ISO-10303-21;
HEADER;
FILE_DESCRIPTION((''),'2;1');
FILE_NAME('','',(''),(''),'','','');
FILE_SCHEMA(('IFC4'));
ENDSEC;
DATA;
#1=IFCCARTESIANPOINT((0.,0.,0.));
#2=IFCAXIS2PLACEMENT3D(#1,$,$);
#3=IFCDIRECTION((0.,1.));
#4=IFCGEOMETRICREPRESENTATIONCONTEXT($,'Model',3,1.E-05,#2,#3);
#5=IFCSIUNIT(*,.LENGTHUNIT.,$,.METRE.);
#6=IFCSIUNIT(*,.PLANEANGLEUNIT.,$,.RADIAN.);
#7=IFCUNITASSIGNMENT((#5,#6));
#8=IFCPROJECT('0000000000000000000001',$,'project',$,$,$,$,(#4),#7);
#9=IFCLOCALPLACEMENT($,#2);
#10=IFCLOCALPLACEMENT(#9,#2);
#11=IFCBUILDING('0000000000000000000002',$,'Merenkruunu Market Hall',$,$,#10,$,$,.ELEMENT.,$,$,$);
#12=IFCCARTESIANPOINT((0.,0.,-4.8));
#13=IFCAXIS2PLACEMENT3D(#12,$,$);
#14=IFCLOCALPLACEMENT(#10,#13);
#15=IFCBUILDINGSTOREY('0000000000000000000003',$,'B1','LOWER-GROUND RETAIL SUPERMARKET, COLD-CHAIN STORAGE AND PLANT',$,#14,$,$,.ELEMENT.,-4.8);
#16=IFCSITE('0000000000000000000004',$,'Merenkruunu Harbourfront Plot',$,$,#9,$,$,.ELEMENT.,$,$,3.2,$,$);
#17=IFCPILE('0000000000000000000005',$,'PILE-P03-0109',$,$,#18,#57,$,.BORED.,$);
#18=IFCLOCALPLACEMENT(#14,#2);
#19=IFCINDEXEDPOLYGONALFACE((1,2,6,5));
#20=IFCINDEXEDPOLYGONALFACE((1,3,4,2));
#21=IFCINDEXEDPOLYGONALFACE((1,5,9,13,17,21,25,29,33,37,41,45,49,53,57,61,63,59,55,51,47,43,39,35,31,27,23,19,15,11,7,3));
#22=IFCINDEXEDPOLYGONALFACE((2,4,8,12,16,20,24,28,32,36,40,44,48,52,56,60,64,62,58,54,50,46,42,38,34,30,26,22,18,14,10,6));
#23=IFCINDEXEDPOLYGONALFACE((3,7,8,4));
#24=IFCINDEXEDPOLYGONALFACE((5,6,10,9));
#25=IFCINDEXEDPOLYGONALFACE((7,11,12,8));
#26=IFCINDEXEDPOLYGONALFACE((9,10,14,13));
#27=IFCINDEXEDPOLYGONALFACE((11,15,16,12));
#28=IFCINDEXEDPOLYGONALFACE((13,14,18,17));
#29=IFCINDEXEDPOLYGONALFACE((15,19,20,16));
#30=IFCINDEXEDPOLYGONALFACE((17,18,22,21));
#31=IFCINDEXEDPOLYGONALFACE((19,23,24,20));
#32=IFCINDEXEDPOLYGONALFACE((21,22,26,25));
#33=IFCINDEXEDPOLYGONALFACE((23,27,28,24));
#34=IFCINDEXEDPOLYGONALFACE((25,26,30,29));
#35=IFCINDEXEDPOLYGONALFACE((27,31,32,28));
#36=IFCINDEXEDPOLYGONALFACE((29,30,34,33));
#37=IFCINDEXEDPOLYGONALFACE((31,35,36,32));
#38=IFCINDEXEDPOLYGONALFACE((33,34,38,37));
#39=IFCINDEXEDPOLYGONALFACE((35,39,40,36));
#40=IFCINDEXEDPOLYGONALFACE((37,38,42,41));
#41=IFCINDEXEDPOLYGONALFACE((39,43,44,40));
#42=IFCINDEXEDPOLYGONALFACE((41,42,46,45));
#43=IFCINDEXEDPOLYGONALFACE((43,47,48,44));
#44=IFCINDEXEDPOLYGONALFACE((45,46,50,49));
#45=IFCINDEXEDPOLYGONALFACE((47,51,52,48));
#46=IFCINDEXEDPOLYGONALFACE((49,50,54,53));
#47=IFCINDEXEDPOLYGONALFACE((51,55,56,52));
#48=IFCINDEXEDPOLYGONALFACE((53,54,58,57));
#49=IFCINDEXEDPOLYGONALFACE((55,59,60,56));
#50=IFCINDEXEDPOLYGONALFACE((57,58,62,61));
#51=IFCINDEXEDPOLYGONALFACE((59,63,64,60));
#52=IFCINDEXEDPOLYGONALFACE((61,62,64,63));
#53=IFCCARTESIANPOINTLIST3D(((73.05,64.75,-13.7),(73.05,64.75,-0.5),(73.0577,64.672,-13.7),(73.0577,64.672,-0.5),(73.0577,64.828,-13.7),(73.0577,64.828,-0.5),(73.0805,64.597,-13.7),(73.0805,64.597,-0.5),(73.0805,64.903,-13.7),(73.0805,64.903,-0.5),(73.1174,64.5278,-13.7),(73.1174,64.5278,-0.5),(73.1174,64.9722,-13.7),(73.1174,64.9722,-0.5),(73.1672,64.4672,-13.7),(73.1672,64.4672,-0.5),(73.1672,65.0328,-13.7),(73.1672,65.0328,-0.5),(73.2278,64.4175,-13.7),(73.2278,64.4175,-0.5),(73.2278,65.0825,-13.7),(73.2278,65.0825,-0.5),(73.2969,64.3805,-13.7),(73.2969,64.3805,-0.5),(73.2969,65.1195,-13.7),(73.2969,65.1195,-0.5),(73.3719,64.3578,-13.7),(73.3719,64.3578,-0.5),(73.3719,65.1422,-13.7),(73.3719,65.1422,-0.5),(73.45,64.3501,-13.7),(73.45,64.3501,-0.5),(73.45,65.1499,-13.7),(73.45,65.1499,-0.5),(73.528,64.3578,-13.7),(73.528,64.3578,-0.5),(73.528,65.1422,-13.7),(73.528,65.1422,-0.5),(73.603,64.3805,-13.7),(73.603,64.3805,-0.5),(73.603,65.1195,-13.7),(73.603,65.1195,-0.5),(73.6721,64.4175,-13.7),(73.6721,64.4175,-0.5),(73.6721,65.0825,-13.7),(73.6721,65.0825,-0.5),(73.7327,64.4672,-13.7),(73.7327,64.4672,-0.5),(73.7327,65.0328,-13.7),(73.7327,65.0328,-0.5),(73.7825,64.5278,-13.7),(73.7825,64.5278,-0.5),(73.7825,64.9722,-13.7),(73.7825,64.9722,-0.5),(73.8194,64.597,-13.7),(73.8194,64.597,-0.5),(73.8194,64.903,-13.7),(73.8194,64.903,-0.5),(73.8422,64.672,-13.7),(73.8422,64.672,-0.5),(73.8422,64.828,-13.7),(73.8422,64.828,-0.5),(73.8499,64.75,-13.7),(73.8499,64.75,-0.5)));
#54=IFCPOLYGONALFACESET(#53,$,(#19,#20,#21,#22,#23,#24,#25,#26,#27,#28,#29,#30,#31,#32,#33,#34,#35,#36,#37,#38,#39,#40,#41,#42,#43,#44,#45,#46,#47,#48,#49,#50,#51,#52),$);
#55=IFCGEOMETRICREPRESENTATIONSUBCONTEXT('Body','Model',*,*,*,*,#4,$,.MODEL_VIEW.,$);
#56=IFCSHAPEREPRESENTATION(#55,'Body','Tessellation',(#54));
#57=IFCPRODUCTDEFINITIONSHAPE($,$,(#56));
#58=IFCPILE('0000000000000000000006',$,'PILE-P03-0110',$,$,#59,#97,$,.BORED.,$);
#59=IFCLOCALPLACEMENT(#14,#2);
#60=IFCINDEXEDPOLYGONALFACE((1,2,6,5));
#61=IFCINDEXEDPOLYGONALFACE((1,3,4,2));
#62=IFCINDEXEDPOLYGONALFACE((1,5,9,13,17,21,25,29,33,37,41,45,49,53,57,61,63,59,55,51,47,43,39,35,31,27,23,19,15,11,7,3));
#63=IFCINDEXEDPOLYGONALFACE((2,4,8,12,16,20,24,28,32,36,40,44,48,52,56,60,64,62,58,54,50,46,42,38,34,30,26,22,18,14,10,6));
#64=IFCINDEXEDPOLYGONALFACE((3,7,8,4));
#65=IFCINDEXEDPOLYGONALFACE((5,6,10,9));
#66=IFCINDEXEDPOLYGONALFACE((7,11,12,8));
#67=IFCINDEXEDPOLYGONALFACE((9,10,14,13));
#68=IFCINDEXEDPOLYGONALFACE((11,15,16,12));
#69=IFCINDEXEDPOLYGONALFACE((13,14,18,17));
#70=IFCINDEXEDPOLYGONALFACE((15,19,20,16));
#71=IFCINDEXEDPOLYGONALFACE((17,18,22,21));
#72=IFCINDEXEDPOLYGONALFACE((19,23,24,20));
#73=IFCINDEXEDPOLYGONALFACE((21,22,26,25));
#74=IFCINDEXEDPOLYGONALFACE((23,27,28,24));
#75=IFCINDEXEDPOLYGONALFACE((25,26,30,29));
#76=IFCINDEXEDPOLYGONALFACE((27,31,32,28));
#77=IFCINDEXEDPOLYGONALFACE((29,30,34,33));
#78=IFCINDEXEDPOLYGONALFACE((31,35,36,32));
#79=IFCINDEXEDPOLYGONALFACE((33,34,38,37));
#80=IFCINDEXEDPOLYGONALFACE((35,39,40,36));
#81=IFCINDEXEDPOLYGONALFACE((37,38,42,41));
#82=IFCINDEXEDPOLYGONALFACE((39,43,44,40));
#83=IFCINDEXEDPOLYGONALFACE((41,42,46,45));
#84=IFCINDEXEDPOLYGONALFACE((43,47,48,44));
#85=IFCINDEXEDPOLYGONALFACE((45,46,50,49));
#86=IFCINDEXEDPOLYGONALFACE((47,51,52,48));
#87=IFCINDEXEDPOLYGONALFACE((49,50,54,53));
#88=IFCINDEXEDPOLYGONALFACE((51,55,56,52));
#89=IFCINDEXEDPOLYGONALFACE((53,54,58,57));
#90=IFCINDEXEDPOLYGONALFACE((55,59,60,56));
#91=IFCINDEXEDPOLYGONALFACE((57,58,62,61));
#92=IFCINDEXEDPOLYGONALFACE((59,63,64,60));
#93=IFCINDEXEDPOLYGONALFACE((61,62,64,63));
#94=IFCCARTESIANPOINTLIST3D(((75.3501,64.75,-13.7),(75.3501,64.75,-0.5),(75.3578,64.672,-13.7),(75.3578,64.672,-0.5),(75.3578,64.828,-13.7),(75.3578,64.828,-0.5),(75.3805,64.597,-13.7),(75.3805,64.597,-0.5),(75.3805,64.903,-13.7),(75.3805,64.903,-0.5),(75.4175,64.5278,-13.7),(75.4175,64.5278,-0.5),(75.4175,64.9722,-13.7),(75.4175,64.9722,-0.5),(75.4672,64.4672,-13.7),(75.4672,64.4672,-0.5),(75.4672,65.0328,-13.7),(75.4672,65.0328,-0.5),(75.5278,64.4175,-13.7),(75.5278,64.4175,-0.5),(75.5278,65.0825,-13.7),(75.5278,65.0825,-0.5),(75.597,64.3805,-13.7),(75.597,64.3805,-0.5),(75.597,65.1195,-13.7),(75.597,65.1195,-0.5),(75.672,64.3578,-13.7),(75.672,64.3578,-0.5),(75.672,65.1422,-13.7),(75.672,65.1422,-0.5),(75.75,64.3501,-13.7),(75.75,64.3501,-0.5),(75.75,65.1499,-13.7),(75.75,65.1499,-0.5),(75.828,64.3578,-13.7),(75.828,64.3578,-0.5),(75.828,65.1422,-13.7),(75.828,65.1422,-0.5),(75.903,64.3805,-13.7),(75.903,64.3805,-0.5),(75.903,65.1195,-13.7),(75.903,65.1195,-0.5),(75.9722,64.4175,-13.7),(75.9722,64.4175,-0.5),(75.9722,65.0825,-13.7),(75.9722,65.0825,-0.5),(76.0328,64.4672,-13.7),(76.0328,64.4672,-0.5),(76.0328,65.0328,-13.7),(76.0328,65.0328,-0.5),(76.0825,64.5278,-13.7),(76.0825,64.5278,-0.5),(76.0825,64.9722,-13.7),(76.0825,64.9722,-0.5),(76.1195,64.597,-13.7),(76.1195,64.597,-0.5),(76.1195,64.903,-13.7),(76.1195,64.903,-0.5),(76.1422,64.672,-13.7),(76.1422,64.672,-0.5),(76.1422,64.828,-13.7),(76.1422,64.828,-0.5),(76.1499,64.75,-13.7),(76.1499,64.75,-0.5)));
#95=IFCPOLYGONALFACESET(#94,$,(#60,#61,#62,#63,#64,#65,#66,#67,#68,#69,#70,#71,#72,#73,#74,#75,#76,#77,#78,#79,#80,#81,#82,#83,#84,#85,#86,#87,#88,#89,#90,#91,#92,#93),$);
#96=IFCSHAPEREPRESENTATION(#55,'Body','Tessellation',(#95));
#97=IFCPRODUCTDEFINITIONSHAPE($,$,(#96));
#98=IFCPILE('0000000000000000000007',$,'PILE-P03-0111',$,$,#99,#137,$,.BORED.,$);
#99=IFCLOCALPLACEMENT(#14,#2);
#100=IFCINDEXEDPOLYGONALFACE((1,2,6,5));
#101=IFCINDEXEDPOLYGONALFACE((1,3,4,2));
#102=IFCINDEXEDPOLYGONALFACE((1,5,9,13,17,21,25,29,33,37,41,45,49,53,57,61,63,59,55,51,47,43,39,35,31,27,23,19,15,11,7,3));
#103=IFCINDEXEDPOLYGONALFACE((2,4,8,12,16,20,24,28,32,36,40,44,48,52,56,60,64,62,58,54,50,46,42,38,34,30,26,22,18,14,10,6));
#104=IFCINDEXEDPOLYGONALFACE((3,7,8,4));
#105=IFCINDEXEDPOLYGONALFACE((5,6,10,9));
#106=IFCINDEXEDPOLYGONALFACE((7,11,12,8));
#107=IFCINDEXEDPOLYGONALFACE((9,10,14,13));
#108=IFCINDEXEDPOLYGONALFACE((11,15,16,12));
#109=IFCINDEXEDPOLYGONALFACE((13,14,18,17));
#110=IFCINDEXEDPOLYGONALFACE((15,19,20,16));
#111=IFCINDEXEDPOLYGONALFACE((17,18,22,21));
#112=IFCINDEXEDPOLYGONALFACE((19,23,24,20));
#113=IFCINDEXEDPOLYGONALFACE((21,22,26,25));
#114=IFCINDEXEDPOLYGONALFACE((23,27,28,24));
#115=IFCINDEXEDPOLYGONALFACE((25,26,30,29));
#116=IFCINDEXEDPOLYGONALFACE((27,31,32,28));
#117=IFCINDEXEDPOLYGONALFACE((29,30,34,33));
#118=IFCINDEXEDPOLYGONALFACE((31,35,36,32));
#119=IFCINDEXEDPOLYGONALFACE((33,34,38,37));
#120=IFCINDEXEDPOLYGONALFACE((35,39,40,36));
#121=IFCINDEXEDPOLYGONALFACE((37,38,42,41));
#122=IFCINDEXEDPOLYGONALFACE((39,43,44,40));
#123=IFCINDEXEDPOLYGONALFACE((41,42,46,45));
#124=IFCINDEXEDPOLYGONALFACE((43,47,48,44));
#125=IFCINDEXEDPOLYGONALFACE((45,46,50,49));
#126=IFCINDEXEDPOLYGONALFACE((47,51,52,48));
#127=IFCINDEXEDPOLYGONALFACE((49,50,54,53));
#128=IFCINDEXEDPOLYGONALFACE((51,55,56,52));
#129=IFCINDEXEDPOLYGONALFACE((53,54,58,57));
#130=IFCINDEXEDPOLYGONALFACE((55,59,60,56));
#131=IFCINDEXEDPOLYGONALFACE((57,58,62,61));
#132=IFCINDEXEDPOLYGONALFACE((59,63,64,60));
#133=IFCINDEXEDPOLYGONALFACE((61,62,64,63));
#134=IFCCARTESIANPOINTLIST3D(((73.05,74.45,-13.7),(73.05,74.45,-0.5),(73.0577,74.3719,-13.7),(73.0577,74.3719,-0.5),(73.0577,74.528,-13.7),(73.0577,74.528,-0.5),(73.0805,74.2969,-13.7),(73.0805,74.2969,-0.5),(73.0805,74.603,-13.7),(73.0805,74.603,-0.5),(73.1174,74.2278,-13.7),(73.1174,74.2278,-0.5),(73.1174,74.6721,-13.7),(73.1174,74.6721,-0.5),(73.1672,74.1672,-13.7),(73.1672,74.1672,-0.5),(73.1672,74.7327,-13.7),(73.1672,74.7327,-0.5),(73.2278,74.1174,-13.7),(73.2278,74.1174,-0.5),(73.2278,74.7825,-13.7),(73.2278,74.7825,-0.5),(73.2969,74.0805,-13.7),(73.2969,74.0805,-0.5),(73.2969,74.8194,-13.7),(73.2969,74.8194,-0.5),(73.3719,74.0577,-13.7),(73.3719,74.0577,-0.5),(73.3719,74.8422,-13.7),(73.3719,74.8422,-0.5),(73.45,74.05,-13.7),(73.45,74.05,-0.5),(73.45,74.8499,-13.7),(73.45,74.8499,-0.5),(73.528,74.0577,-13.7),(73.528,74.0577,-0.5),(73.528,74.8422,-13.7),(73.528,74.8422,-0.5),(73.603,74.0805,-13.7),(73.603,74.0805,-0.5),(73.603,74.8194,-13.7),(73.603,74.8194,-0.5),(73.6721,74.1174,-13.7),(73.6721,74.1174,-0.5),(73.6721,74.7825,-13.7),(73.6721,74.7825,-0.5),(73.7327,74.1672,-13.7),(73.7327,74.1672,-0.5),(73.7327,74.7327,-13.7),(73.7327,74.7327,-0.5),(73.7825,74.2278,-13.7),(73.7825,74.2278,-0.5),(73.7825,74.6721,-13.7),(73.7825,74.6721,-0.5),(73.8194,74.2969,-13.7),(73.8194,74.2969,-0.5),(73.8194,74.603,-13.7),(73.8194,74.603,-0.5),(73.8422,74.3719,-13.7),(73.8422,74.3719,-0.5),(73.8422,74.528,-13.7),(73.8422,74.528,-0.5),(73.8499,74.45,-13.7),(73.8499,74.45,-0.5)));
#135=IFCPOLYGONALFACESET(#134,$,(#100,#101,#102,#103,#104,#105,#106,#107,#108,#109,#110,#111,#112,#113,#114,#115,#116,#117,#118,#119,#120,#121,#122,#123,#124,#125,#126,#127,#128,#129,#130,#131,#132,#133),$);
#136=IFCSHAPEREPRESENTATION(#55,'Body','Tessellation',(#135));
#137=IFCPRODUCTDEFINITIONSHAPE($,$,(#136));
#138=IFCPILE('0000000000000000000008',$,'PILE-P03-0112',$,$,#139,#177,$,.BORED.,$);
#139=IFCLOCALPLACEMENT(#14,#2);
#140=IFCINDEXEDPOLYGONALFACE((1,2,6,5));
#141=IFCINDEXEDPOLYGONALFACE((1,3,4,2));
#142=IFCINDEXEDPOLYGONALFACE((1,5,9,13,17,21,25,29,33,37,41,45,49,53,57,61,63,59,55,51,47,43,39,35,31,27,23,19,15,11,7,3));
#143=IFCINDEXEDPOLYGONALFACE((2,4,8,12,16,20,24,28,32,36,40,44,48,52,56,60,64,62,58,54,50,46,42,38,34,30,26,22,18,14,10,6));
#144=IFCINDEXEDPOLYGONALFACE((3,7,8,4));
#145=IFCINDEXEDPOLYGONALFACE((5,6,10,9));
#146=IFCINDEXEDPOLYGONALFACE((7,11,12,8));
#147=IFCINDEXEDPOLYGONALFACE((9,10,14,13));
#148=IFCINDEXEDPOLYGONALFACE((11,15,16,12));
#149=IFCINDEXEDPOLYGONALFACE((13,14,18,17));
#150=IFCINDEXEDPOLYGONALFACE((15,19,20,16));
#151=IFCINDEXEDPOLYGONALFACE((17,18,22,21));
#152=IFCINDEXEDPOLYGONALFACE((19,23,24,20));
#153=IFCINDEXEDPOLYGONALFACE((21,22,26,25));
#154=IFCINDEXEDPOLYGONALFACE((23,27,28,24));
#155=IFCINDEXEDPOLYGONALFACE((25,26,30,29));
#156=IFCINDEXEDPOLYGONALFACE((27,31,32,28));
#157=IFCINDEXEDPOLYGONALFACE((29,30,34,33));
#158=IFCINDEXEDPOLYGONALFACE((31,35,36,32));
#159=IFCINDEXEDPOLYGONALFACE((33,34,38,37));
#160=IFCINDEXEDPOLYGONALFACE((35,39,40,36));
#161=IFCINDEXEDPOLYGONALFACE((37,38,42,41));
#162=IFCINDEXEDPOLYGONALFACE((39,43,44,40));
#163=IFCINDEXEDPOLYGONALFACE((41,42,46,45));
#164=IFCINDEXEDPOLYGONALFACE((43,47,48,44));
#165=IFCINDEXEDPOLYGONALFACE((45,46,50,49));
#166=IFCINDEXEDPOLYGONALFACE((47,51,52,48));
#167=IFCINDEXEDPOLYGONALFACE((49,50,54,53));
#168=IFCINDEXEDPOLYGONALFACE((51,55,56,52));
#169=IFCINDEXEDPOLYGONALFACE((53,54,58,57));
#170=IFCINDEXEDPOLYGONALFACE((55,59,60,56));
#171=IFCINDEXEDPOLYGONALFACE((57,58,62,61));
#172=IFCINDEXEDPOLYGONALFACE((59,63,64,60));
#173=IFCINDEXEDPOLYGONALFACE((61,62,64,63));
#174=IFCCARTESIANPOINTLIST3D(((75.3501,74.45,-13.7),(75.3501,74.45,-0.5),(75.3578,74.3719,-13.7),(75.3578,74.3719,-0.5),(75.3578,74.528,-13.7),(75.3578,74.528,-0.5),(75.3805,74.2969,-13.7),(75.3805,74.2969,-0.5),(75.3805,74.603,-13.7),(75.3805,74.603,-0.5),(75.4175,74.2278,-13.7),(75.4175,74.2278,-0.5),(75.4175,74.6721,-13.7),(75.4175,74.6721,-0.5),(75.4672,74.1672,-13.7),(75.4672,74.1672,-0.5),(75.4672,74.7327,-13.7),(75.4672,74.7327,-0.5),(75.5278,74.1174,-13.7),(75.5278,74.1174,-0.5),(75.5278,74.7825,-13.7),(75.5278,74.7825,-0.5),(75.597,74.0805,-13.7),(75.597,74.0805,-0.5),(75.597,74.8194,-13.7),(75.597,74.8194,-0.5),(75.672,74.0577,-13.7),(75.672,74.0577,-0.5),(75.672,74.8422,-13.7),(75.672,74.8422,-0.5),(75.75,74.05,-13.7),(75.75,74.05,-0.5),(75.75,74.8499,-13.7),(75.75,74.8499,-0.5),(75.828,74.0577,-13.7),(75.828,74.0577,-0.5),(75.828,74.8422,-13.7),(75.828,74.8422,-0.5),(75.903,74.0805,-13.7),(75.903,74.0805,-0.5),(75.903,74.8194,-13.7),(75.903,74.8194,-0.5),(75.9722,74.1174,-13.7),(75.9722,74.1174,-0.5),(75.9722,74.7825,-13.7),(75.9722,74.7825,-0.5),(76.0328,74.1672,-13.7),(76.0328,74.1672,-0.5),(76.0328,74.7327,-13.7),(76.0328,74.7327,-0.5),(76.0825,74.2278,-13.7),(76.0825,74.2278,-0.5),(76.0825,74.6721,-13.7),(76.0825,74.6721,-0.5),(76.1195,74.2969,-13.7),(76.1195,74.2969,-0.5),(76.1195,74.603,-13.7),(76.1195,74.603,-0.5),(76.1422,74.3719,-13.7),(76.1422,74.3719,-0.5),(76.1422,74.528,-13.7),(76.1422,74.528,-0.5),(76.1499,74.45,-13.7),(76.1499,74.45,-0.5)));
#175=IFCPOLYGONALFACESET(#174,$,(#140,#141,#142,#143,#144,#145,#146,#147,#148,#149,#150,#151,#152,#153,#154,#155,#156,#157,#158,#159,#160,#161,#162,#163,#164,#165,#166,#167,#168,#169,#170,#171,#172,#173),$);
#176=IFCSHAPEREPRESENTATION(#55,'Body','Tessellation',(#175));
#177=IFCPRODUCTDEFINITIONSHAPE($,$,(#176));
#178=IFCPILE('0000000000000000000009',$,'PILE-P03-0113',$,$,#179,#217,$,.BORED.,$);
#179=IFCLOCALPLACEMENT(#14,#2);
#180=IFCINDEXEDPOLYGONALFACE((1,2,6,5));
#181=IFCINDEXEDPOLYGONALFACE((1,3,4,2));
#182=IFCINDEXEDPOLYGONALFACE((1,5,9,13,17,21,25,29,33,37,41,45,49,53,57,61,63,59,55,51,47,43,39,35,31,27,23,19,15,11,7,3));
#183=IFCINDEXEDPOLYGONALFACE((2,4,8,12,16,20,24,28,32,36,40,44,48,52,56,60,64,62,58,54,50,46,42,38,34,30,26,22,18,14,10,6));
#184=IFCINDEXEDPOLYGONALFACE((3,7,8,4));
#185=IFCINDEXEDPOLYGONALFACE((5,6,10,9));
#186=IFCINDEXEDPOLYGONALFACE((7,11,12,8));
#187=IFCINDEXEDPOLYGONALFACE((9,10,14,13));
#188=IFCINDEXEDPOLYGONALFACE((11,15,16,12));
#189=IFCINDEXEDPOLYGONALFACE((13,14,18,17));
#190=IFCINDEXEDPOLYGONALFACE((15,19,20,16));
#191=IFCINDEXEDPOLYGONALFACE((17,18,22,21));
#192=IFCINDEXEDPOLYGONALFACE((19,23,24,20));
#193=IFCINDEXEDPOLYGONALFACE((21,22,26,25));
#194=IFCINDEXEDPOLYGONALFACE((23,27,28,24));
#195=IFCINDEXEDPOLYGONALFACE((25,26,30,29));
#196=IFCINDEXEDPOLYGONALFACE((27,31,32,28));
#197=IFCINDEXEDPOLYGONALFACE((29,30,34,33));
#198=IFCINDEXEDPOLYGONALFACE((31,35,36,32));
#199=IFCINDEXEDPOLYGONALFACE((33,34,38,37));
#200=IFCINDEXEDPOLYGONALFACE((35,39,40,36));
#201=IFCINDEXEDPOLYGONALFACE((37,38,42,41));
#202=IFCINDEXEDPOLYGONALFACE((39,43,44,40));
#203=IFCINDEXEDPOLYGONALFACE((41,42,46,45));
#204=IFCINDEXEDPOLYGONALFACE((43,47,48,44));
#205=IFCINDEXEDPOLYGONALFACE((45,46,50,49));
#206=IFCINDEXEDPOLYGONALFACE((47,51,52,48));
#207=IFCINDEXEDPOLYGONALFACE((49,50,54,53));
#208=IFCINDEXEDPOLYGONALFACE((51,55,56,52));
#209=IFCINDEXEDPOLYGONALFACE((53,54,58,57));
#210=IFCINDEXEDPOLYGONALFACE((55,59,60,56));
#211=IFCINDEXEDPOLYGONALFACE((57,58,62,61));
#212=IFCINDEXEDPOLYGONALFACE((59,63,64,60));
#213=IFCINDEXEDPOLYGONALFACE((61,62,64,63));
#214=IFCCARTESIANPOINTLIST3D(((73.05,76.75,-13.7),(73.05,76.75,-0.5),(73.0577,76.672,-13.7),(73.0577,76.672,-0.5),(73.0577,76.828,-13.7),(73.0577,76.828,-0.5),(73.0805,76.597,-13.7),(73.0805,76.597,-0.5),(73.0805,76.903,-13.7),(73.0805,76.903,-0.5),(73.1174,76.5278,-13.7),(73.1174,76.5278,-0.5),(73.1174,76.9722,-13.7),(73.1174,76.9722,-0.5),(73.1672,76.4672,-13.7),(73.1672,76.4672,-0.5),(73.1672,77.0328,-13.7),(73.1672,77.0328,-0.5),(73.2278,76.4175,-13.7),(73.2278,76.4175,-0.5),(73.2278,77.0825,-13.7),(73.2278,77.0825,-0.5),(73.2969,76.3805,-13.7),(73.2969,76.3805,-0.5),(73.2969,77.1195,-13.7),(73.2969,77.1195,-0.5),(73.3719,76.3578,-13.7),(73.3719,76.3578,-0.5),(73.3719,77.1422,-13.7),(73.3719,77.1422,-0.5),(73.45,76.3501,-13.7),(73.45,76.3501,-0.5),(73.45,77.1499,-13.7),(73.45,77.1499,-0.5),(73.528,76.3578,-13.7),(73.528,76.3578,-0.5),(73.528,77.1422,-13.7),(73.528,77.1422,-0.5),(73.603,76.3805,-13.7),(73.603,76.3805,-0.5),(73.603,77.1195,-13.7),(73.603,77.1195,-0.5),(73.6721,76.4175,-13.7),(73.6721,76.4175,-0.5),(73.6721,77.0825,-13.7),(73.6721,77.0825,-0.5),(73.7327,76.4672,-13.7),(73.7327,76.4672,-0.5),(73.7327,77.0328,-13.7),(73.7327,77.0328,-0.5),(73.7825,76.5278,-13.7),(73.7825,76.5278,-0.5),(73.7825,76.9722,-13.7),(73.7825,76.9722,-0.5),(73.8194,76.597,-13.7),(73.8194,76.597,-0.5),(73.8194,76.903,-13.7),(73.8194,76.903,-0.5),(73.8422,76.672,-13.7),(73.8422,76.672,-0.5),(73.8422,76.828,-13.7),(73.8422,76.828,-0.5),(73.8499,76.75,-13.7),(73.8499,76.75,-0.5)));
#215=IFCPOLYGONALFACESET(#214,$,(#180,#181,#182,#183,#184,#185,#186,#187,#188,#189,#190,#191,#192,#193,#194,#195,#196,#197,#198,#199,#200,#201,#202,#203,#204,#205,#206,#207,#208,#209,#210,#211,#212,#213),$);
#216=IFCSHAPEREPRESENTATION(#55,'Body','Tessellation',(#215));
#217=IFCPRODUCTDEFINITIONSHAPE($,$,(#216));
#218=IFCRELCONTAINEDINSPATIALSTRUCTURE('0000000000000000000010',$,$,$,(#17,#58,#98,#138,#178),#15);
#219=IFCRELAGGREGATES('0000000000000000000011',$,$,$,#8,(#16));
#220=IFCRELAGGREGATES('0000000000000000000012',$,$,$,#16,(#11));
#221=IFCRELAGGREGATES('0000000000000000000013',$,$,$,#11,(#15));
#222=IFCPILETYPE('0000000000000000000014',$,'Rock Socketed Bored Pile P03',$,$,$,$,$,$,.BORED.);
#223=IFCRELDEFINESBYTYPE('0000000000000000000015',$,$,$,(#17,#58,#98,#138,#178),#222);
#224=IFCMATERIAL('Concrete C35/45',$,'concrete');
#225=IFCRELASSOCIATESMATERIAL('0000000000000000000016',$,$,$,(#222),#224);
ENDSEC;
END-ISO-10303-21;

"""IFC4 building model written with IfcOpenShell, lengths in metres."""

from ifc_helpers import new_model, si_unit, direction, frame, origin, origin_2d, place, context, subcontext, project, spatial, circle, extrude, material, material_profile, profile_set, type_object, element, save


model = new_model("IFC4")

# Units and contexts
model_context = context("Model", 3, precision=1e-05, world=origin(), true_north=direction((0.0, 1.0)))
body_context = subcontext(model_context, "Body", "Model", "MODEL_VIEW")
ifc_project = project(units=[si_unit("LENGTHUNIT", "METRE"), si_unit("PLANEANGLEUNIT", "RADIAN")], contexts=[model_context])

# Site, building, storey
site_placement = place(None, origin())
site = spatial("IfcSite", under=ifc_project, at=site_placement, Name="Merenkruunu Harbourfront Plot", CompositionType="ELEMENT", RefElevation=3.2)
building_placement = place(site_placement, origin())
building = spatial("IfcBuilding", under=site, at=building_placement, Name="Merenkruunu Market Hall", CompositionType="ELEMENT")
storey_placement = place(building_placement, frame((0.0, 0.0, -4.8)))
storey = spatial("IfcBuildingStorey", under=building, at=storey_placement, Name="B1", Description="LOWER-GROUND RETAIL SUPERMARKET, COLD-CHAIN STORAGE AND PLANT", CompositionType="ELEMENT", Elevation=-4.8)

# Shared definitions
ifc_material_1 = material(Name="Concrete C35/45", Category="concrete")

# Piles
ifc_material_profile_1 = material_profile(ifc_material_1, circle(Radius=0.3999, at=origin_2d()), Name="BORED PILE 800")
ifc_profile_set_1 = profile_set([ifc_material_profile_1], Name="Concrete C35/45")
pile_type_1 = type_object("IfcPileType", Name="Rock Socketed Bored Pile P03", PredefinedType="BORED", material=ifc_profile_set_1)
for number, where, z_axis, x_axis, name in (
    (1, (73.45, 64.75, -0.5), (0.0, 0.0, -1.0), (1.0, 0.0, 0.0), "PILE-P03-0109"),
    (2, (75.75, 64.75, -0.5), (0.0, 0.0, -1.0), (1.0, 0.0, 0.0), "PILE-P03-0110"),
    (3, (73.45, 74.45, -0.5), (0.0, 0.0, -1.0), (1.0, 0.0, 0.0), "PILE-P03-0111"),
    (4, (75.75, 74.45, -0.5), (0.0, 0.0, -1.0), (1.0, 0.0, 0.0), "PILE-P03-0112"),
    (5, (73.45, 76.75, -0.5), (0.0, 0.0, -1.0), (1.0, 0.0, 0.0), "PILE-P03-0113"),
):
    element("IfcPile", number, at=place(storey_placement, frame(where, z_axis=z_axis, x_axis=x_axis)), inside=storey, type_object=pile_type_1, Name=name, PredefinedType="BORED", context=body_context, shape_type="SweptSolid", body=[
        extrude(circle(Radius=0.3999, at=origin_2d()), origin(), (0.0, 0.0, 1.0), 13.2),
    ])

save(model, "model.ifc")
